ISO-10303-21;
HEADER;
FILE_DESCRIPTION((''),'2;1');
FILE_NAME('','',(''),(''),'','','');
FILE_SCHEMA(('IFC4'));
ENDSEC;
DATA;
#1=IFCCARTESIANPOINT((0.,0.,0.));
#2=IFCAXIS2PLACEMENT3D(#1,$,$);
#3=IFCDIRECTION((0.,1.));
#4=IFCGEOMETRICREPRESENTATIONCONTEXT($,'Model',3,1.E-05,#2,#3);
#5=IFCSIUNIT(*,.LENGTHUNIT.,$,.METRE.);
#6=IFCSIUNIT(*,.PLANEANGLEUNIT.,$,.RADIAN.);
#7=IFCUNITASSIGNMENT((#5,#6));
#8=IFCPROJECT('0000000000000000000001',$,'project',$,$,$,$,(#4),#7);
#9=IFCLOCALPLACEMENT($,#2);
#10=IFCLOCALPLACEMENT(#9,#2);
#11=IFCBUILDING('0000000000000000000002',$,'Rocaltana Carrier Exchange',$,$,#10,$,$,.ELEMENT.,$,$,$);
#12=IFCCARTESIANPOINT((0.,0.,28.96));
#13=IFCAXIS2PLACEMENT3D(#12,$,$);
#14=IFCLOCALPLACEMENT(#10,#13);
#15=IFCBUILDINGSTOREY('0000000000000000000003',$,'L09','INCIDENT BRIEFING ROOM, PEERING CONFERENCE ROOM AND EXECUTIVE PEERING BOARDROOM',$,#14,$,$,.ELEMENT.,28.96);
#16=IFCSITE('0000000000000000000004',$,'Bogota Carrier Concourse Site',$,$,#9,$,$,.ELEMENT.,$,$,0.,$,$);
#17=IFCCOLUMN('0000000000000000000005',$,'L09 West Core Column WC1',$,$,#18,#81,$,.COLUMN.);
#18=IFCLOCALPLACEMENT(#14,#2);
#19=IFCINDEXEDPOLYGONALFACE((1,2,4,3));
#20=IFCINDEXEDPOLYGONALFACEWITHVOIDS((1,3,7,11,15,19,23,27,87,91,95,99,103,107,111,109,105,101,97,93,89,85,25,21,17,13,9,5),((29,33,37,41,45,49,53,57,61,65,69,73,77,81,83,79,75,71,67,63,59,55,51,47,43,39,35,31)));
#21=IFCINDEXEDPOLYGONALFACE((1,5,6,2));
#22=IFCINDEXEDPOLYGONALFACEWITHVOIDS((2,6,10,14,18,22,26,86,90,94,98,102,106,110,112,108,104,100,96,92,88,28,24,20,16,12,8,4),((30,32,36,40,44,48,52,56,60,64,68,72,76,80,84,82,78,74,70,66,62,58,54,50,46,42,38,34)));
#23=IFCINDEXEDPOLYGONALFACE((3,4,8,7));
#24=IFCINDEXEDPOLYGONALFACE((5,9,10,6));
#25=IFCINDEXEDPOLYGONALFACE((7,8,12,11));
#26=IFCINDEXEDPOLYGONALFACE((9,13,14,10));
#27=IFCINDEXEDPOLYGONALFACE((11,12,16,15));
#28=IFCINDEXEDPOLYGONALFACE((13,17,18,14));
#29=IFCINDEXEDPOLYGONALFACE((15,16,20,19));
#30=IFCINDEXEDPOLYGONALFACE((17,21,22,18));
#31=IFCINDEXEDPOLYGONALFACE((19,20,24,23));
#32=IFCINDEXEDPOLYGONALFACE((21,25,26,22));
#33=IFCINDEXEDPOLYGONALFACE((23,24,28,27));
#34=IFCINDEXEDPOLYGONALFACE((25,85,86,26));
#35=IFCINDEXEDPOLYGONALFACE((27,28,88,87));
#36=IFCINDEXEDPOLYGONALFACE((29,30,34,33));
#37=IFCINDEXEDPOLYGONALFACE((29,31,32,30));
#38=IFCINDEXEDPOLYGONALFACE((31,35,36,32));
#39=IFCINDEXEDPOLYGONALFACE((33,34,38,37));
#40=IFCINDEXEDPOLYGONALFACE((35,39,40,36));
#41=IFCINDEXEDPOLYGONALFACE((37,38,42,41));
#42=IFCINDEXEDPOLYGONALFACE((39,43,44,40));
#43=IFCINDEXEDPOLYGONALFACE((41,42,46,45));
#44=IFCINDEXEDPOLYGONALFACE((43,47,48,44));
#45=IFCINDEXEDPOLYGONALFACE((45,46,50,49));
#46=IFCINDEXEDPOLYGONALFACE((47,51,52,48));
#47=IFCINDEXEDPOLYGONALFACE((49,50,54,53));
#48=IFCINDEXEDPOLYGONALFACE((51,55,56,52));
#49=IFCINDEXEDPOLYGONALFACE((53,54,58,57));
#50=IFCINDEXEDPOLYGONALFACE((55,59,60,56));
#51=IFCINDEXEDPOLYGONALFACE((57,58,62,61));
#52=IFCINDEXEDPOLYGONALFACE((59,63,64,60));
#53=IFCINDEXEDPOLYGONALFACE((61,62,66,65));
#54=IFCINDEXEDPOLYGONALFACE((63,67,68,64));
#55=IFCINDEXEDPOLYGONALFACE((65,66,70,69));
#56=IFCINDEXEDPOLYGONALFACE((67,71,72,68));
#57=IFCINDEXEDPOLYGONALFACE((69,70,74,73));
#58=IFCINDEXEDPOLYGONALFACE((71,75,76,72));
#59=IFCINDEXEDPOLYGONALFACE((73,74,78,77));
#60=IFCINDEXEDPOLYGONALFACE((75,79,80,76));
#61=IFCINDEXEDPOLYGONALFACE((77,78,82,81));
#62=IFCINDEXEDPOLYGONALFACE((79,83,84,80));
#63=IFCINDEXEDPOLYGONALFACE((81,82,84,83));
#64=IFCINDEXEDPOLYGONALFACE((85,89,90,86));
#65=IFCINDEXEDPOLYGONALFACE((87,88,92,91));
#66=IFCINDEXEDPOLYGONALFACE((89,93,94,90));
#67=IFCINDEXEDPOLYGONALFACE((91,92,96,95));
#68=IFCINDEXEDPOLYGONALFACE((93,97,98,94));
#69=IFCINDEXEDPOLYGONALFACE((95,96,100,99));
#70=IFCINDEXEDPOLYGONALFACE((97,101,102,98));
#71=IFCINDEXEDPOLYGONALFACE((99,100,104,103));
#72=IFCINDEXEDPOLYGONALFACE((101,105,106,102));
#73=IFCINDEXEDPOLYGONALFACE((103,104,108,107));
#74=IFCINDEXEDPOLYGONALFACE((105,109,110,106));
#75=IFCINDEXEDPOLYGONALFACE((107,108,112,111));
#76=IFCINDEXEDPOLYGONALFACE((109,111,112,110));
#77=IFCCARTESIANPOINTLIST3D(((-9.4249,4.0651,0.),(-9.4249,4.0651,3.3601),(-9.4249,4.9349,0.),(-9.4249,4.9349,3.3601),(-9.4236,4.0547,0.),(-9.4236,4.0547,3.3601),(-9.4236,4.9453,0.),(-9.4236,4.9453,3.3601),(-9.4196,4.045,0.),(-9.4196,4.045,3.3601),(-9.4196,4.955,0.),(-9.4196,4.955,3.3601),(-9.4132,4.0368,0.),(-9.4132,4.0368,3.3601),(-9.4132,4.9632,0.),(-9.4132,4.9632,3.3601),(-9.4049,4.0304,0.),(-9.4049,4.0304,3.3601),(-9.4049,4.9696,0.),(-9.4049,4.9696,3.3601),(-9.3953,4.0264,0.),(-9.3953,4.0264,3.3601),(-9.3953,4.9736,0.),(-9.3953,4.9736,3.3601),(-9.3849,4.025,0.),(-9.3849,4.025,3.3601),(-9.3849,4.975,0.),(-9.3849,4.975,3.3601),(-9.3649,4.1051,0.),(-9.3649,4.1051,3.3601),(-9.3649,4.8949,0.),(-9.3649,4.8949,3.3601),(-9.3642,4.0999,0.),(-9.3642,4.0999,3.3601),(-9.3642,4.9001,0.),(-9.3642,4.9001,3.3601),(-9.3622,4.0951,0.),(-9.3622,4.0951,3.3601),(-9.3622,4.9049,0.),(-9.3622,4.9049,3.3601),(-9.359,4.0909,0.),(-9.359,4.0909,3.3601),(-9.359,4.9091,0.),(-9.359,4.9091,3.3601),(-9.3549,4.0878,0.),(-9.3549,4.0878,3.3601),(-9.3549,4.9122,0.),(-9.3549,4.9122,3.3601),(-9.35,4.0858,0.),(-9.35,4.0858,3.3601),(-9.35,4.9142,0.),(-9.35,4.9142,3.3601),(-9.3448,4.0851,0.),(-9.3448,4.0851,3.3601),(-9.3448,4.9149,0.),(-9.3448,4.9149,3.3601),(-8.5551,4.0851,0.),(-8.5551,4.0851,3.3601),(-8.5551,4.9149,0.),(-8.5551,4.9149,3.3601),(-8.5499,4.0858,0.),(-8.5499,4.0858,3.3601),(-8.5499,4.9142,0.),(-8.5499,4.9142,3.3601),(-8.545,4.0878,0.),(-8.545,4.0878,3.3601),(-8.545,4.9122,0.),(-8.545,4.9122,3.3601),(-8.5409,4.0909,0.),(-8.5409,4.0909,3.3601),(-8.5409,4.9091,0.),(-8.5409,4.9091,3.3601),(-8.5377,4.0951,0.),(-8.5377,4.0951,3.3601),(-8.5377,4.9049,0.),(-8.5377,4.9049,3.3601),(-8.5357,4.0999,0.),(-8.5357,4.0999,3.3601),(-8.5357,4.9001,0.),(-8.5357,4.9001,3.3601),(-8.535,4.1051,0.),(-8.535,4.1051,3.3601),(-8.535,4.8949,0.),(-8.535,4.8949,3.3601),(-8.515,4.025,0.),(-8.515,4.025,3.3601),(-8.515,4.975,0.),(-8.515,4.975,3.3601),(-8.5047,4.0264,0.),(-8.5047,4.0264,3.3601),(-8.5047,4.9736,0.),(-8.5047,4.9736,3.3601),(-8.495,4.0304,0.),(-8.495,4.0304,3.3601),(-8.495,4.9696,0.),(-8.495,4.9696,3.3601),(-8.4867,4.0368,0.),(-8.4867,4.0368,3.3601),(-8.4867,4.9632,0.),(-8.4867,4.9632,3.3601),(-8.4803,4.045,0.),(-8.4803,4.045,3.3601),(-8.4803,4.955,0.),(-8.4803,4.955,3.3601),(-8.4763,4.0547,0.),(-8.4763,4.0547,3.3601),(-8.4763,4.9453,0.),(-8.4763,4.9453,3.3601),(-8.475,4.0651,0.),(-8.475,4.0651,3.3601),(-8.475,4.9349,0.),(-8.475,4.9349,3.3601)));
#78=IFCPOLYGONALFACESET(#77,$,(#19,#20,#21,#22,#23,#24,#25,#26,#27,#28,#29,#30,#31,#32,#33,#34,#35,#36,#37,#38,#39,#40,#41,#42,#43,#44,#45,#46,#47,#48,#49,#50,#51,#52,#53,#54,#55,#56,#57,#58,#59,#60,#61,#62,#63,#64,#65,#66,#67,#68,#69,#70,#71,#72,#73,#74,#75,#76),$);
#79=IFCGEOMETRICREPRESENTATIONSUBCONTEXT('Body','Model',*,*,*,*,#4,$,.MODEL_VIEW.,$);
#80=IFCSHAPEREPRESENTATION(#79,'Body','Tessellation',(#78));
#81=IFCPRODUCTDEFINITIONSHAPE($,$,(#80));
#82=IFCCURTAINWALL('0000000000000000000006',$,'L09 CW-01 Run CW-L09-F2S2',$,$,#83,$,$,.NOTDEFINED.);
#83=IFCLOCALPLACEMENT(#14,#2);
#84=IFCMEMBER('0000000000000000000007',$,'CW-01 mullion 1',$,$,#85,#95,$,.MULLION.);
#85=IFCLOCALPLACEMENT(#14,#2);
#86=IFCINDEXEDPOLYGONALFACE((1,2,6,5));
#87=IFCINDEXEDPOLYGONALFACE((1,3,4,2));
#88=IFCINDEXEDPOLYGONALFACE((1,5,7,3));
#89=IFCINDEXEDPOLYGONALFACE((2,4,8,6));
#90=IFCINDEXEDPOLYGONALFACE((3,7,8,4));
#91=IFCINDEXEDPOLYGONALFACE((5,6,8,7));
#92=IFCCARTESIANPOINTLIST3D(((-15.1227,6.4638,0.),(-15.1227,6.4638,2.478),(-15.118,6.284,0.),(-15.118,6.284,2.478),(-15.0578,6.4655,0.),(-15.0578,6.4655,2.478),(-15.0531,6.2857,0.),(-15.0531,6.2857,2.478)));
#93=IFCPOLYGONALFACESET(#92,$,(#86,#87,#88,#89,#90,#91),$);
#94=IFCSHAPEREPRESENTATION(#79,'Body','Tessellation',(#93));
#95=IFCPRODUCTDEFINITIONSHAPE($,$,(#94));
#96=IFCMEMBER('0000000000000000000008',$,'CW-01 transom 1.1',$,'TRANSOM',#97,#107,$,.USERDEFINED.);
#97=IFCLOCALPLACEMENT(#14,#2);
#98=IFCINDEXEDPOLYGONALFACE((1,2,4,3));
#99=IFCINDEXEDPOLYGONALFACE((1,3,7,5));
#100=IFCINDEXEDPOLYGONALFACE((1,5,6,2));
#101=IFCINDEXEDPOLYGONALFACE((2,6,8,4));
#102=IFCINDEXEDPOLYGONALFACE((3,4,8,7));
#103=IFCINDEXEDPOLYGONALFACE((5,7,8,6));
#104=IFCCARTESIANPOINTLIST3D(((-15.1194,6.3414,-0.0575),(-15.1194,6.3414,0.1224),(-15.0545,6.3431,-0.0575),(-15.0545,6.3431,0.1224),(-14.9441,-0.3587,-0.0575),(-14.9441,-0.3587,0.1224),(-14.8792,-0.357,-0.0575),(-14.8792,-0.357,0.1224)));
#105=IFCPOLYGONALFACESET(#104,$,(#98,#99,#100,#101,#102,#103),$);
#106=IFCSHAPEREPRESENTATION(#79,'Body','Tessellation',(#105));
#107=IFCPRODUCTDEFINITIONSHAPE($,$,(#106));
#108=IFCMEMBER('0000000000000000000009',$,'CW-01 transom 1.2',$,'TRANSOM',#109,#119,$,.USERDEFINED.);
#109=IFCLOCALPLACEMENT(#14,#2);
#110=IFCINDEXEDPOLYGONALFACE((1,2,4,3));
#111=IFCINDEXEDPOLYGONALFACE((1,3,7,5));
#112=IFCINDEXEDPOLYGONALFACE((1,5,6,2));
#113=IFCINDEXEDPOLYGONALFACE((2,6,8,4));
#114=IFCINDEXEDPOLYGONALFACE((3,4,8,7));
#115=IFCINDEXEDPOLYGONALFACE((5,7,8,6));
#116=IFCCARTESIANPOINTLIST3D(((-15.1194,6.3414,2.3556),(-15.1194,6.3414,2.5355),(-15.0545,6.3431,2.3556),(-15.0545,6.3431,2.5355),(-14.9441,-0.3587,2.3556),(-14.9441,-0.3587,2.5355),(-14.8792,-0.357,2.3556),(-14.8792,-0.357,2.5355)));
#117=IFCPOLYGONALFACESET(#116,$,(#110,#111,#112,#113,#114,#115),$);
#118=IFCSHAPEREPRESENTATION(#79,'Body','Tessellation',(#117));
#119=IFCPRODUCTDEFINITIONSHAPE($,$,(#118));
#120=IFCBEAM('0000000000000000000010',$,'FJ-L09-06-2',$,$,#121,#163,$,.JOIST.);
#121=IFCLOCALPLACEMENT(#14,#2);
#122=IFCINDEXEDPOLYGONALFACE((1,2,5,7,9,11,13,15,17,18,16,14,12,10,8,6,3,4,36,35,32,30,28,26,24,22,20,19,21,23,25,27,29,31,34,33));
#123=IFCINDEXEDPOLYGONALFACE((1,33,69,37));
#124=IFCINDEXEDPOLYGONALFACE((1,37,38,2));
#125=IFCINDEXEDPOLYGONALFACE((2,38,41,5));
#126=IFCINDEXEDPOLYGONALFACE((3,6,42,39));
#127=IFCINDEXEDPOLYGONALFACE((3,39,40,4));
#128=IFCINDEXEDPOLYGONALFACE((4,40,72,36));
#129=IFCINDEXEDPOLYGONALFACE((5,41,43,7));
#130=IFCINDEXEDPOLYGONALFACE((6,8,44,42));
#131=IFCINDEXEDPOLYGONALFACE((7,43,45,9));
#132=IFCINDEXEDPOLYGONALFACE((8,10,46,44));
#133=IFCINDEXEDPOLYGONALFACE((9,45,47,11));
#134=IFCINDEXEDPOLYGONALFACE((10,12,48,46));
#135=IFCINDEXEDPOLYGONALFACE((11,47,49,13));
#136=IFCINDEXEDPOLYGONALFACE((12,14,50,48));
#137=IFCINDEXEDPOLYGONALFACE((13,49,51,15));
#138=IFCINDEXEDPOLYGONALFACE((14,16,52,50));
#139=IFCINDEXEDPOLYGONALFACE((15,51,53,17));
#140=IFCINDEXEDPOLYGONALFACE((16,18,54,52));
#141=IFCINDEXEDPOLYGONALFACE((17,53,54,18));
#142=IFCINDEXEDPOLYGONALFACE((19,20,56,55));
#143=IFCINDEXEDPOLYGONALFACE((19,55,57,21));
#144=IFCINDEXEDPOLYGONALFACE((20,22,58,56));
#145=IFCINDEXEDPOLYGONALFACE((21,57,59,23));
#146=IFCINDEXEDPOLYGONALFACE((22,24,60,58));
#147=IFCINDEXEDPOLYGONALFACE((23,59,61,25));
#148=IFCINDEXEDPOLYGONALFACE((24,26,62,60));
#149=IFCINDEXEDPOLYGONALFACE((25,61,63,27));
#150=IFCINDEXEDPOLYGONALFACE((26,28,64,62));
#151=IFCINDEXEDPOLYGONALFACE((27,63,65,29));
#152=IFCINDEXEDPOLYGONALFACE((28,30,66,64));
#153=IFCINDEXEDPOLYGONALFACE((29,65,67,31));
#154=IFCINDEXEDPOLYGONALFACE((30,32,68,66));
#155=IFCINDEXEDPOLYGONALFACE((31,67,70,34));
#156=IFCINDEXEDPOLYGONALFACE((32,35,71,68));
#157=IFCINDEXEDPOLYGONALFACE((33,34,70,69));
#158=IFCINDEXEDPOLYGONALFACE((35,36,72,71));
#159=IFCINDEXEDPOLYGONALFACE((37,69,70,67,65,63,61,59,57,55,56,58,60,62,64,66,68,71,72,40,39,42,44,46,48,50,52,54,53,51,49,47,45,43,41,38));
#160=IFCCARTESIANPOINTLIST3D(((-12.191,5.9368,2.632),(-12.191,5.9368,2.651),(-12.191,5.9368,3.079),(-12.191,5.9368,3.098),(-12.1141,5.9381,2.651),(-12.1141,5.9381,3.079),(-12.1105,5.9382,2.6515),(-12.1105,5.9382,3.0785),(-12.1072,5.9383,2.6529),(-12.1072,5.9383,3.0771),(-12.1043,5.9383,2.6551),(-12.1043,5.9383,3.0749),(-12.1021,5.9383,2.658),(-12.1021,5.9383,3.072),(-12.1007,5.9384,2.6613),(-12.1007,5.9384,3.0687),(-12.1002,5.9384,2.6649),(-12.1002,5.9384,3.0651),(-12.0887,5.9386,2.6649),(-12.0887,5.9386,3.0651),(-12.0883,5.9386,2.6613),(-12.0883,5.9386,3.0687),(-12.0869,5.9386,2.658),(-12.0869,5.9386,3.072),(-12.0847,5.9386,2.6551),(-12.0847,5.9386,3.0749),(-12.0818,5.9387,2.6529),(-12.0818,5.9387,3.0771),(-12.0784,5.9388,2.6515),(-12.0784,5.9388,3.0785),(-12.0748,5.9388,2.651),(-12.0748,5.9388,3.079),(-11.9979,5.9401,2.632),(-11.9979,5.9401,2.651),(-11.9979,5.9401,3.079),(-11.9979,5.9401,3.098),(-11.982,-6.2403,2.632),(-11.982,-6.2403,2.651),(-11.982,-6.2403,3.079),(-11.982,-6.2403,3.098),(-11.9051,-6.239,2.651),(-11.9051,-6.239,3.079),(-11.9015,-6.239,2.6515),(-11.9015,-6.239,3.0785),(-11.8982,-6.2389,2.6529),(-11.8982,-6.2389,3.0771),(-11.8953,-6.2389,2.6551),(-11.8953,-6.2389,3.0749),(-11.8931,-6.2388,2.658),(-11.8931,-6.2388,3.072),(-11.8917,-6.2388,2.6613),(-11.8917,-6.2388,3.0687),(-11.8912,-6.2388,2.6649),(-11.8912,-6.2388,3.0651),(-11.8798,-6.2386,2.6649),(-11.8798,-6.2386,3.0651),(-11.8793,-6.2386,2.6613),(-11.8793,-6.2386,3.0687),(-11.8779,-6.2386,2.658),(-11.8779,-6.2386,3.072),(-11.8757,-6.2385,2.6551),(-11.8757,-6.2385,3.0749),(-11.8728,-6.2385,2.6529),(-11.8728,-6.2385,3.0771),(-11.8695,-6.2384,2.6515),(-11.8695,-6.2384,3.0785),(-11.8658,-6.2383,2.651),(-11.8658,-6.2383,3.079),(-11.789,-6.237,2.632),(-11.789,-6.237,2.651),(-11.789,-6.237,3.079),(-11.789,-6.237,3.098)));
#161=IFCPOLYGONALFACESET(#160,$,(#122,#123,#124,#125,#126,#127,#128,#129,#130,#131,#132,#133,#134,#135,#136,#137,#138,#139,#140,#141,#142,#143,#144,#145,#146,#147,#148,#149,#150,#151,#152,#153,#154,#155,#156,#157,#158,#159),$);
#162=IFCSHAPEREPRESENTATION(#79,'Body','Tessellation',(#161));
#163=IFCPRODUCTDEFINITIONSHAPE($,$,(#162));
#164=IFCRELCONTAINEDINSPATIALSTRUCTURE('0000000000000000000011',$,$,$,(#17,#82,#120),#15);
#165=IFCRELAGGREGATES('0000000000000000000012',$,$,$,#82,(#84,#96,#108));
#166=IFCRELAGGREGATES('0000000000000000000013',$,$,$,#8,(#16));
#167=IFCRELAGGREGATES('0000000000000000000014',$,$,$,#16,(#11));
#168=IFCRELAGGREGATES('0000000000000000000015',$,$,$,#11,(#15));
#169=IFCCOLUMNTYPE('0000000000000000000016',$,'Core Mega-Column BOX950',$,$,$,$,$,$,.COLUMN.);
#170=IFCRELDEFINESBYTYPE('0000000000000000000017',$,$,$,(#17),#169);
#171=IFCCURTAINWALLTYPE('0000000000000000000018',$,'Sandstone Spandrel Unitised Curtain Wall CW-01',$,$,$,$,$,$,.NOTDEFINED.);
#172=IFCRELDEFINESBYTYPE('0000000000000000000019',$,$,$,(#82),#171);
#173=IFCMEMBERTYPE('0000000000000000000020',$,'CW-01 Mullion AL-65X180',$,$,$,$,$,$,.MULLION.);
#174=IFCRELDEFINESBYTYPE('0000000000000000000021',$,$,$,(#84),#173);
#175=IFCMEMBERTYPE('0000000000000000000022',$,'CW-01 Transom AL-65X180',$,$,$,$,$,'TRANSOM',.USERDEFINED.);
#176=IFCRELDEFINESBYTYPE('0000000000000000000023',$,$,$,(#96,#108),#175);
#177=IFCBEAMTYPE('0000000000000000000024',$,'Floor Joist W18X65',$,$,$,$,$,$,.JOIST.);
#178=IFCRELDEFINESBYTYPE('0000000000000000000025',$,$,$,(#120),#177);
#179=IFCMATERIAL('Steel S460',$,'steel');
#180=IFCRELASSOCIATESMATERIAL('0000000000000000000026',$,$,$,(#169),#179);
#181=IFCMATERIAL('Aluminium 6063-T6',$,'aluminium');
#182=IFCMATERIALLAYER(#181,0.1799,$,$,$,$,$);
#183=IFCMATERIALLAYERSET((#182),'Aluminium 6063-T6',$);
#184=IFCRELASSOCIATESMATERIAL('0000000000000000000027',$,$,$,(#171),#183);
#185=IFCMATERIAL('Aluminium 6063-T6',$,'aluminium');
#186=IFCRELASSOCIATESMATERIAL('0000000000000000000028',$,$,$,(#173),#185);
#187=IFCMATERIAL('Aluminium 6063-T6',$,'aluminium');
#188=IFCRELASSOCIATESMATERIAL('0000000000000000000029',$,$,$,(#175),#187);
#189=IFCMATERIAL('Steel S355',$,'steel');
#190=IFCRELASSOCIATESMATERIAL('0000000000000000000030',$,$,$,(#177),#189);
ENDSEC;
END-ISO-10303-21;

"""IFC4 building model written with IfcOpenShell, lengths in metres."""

from ifc_helpers import new_model, si_unit, direction, frame, origin, origin_2d, place, context, subcontext, project, spatial, rectangle, hollow_rectangle, i_section, extrude, material, layer, layer_set, material_profile, profile_set, type_object, element, aggregate, save


model = new_model("IFC4")

# Units and contexts
model_context = context("Model", 3, precision=1e-05, world=origin(), true_north=direction((0.0, 1.0)))
body_context = subcontext(model_context, "Body", "Model", "MODEL_VIEW")
ifc_project = project(units=[si_unit("LENGTHUNIT", "METRE"), si_unit("PLANEANGLEUNIT", "RADIAN")], contexts=[model_context])

# Site, building, storey
site_placement = place(None, origin())
site = spatial("IfcSite", under=ifc_project, at=site_placement, Name="Bogota Carrier Concourse Site", CompositionType="ELEMENT", RefElevation=0.0)
building_placement = place(site_placement, origin())
building = spatial("IfcBuilding", under=site, at=building_placement, Name="Rocaltana Carrier Exchange", CompositionType="ELEMENT")
storey_placement = place(building_placement, frame((0.0, 0.0, 28.96)))
storey = spatial("IfcBuildingStorey", under=building, at=storey_placement, Name="L09", Description="INCIDENT BRIEFING ROOM, PEERING CONFERENCE ROOM AND EXECUTIVE PEERING BOARDROOM", CompositionType="ELEMENT", Elevation=28.96)

# Column
ifc_material_1 = material(Name="Steel S460", Category="steel")
ifc_material_profile_1 = material_profile(ifc_material_1, hollow_rectangle(XDim=0.95, YDim=0.95, WallThickness=0.0601, InnerFilletRadius=0.02, OuterFilletRadius=0.04, at=origin_2d()), Name="BOX950X950X60")
ifc_profile_set_1 = profile_set([ifc_material_profile_1], Name="Steel S460")
column_type = type_object("IfcColumnType", Name="Core Mega-Column BOX950", PredefinedType="COLUMN", material=ifc_profile_set_1)
column_placement = place(storey_placement, frame((-8.95, 4.5, 0.0), z_axis=(0.0, 0.0, 1.0), x_axis=(1.0, 0.0, 0.0)))
element("IfcColumn", 1, at=column_placement, inside=storey, type_object=column_type, Name="L09 West Core Column WC1", PredefinedType="COLUMN", context=body_context, shape_type="SweptSolid", body=[
    extrude(hollow_rectangle(XDim=0.95, YDim=0.95, WallThickness=0.0601, InnerFilletRadius=0.02, OuterFilletRadius=0.04, at=origin_2d()), origin(), (0.0, 0.0, 1.0), 3.3601),
])

# Curtain wall, members
ifc_material_2 = material(Name="Aluminium 6063-T6", Category="aluminium")
ifc_layer_1 = layer(ifc_material_2, 0.1799)
ifc_layer_set_1 = layer_set([ifc_layer_1], Name="Aluminium 6063-T6")
curtain_wall_type = type_object("IfcCurtainWallType", Name="Sandstone Spandrel Unitised Curtain Wall CW-01", PredefinedType="NOTDEFINED", material=ifc_layer_set_1)
curtain_wall_placement = place(storey_placement, origin())
curtain_wall = element("IfcCurtainWall", 2, at=curtain_wall_placement, inside=storey, type_object=curtain_wall_type, Name="L09 CW-01 Run CW-L09-F2S2", PredefinedType="NOTDEFINED")
ifc_material_3 = material(Name="Aluminium 6063-T6", Category="aluminium")
ifc_material_profile_2 = material_profile(ifc_material_3, rectangle(XDim=0.0649, YDim=0.1799, at=origin_2d()), Name="AL-65X180")
ifc_profile_set_2 = profile_set([ifc_material_profile_2], Name="Aluminium 6063-T6")
member_type_1 = type_object("IfcMemberType", Name="CW-01 Mullion AL-65X180", PredefinedType="MULLION", material=ifc_profile_set_2)
member_1_placement = place(storey_placement, frame((-15.0879, 6.3748, 0.0), z_axis=(0.0, 0.0, 1.0), x_axis=(0.999657, 0.026177, 0.0)))
member_1 = element("IfcMember", 3, at=member_1_placement, type_object=member_type_1, Name="CW-01 mullion 1", PredefinedType="MULLION", context=body_context, shape_type="SweptSolid", body=[
    extrude(rectangle(XDim=0.0649, YDim=0.1799, at=origin_2d()), origin(), (0.0, 0.0, 1.0), 2.478),
])
ifc_material_4 = material(Name="Aluminium 6063-T6", Category="aluminium")
ifc_material_profile_3 = material_profile(ifc_material_4, rectangle(XDim=0.0649, YDim=0.1799, at=origin_2d()), Name="AL-65X180")
ifc_profile_set_3 = profile_set([ifc_material_profile_3], Name="Aluminium 6063-T6")
member_type_2 = type_object("IfcMemberType", Name="CW-01 Transom AL-65X180", ElementType="TRANSOM", PredefinedType="USERDEFINED", material=ifc_profile_set_3)
member_2_placement = place(storey_placement, frame((-15.0869, 6.3423, 0.0325), z_axis=(0.026153, -0.999658, 0.0), x_axis=(0.999658, 0.026153, 0.0)))
member_2 = element("IfcMember", 4, at=member_2_placement, type_object=member_type_2, Name="CW-01 transom 1.1", ObjectType="TRANSOM", PredefinedType="USERDEFINED", context=body_context, shape_type="SweptSolid", body=[
    extrude(rectangle(XDim=0.0649, YDim=0.1799, at=origin_2d()), origin(), (0.0, 0.0, 1.0), 6.7024),
])
member_3_placement = place(storey_placement, frame((-15.0869, 6.3423, 2.4456), z_axis=(0.026153, -0.999658, 0.0), x_axis=(0.999658, 0.026153, 0.0)))
member_3 = element("IfcMember", 5, at=member_3_placement, type_object=member_type_2, Name="CW-01 transom 1.2", ObjectType="TRANSOM", PredefinedType="USERDEFINED", context=body_context, shape_type="SweptSolid", body=[
    extrude(rectangle(XDim=0.0649, YDim=0.1799, at=origin_2d()), origin(), (0.0, 0.0, 1.0), 6.7024),
])

# Beam
ifc_material_5 = material(Name="Steel S355", Category="steel")
ifc_material_profile_4 = material_profile(ifc_material_5, i_section(OverallWidth=0.1931, OverallDepth=0.4661, WebThickness=0.0115, FlangeThickness=0.019, FilletRadius=0.0139, at=origin_2d()), Name="W18X65")
ifc_profile_set_4 = profile_set([ifc_material_profile_4], Name="Steel S355")
beam_type_1 = type_object("IfcBeamType", Name="Floor Joist W18X65", PredefinedType="JOIST", material=ifc_profile_set_4)
beam_1_placement = place(storey_placement, frame((-12.0945, 5.9385, 2.865), z_axis=(0.017159, -0.999853, 0.0), x_axis=(0.999853, 0.017159, 0.0)))
element("IfcBeam", 6, at=beam_1_placement, inside=storey, type_object=beam_type_1, Name="FJ-L09-06-2", PredefinedType="JOIST", context=body_context, shape_type="SweptSolid", body=[
    extrude(i_section(OverallWidth=0.1931, OverallDepth=0.4661, WebThickness=0.0115, FlangeThickness=0.019, FilletRadius=0.0139, at=origin_2d()), origin(), (0.0, 0.0, 1.0), 12.179),
])

aggregate(curtain_wall, [member_1, member_2, member_3])

save(model, "model.ifc")
